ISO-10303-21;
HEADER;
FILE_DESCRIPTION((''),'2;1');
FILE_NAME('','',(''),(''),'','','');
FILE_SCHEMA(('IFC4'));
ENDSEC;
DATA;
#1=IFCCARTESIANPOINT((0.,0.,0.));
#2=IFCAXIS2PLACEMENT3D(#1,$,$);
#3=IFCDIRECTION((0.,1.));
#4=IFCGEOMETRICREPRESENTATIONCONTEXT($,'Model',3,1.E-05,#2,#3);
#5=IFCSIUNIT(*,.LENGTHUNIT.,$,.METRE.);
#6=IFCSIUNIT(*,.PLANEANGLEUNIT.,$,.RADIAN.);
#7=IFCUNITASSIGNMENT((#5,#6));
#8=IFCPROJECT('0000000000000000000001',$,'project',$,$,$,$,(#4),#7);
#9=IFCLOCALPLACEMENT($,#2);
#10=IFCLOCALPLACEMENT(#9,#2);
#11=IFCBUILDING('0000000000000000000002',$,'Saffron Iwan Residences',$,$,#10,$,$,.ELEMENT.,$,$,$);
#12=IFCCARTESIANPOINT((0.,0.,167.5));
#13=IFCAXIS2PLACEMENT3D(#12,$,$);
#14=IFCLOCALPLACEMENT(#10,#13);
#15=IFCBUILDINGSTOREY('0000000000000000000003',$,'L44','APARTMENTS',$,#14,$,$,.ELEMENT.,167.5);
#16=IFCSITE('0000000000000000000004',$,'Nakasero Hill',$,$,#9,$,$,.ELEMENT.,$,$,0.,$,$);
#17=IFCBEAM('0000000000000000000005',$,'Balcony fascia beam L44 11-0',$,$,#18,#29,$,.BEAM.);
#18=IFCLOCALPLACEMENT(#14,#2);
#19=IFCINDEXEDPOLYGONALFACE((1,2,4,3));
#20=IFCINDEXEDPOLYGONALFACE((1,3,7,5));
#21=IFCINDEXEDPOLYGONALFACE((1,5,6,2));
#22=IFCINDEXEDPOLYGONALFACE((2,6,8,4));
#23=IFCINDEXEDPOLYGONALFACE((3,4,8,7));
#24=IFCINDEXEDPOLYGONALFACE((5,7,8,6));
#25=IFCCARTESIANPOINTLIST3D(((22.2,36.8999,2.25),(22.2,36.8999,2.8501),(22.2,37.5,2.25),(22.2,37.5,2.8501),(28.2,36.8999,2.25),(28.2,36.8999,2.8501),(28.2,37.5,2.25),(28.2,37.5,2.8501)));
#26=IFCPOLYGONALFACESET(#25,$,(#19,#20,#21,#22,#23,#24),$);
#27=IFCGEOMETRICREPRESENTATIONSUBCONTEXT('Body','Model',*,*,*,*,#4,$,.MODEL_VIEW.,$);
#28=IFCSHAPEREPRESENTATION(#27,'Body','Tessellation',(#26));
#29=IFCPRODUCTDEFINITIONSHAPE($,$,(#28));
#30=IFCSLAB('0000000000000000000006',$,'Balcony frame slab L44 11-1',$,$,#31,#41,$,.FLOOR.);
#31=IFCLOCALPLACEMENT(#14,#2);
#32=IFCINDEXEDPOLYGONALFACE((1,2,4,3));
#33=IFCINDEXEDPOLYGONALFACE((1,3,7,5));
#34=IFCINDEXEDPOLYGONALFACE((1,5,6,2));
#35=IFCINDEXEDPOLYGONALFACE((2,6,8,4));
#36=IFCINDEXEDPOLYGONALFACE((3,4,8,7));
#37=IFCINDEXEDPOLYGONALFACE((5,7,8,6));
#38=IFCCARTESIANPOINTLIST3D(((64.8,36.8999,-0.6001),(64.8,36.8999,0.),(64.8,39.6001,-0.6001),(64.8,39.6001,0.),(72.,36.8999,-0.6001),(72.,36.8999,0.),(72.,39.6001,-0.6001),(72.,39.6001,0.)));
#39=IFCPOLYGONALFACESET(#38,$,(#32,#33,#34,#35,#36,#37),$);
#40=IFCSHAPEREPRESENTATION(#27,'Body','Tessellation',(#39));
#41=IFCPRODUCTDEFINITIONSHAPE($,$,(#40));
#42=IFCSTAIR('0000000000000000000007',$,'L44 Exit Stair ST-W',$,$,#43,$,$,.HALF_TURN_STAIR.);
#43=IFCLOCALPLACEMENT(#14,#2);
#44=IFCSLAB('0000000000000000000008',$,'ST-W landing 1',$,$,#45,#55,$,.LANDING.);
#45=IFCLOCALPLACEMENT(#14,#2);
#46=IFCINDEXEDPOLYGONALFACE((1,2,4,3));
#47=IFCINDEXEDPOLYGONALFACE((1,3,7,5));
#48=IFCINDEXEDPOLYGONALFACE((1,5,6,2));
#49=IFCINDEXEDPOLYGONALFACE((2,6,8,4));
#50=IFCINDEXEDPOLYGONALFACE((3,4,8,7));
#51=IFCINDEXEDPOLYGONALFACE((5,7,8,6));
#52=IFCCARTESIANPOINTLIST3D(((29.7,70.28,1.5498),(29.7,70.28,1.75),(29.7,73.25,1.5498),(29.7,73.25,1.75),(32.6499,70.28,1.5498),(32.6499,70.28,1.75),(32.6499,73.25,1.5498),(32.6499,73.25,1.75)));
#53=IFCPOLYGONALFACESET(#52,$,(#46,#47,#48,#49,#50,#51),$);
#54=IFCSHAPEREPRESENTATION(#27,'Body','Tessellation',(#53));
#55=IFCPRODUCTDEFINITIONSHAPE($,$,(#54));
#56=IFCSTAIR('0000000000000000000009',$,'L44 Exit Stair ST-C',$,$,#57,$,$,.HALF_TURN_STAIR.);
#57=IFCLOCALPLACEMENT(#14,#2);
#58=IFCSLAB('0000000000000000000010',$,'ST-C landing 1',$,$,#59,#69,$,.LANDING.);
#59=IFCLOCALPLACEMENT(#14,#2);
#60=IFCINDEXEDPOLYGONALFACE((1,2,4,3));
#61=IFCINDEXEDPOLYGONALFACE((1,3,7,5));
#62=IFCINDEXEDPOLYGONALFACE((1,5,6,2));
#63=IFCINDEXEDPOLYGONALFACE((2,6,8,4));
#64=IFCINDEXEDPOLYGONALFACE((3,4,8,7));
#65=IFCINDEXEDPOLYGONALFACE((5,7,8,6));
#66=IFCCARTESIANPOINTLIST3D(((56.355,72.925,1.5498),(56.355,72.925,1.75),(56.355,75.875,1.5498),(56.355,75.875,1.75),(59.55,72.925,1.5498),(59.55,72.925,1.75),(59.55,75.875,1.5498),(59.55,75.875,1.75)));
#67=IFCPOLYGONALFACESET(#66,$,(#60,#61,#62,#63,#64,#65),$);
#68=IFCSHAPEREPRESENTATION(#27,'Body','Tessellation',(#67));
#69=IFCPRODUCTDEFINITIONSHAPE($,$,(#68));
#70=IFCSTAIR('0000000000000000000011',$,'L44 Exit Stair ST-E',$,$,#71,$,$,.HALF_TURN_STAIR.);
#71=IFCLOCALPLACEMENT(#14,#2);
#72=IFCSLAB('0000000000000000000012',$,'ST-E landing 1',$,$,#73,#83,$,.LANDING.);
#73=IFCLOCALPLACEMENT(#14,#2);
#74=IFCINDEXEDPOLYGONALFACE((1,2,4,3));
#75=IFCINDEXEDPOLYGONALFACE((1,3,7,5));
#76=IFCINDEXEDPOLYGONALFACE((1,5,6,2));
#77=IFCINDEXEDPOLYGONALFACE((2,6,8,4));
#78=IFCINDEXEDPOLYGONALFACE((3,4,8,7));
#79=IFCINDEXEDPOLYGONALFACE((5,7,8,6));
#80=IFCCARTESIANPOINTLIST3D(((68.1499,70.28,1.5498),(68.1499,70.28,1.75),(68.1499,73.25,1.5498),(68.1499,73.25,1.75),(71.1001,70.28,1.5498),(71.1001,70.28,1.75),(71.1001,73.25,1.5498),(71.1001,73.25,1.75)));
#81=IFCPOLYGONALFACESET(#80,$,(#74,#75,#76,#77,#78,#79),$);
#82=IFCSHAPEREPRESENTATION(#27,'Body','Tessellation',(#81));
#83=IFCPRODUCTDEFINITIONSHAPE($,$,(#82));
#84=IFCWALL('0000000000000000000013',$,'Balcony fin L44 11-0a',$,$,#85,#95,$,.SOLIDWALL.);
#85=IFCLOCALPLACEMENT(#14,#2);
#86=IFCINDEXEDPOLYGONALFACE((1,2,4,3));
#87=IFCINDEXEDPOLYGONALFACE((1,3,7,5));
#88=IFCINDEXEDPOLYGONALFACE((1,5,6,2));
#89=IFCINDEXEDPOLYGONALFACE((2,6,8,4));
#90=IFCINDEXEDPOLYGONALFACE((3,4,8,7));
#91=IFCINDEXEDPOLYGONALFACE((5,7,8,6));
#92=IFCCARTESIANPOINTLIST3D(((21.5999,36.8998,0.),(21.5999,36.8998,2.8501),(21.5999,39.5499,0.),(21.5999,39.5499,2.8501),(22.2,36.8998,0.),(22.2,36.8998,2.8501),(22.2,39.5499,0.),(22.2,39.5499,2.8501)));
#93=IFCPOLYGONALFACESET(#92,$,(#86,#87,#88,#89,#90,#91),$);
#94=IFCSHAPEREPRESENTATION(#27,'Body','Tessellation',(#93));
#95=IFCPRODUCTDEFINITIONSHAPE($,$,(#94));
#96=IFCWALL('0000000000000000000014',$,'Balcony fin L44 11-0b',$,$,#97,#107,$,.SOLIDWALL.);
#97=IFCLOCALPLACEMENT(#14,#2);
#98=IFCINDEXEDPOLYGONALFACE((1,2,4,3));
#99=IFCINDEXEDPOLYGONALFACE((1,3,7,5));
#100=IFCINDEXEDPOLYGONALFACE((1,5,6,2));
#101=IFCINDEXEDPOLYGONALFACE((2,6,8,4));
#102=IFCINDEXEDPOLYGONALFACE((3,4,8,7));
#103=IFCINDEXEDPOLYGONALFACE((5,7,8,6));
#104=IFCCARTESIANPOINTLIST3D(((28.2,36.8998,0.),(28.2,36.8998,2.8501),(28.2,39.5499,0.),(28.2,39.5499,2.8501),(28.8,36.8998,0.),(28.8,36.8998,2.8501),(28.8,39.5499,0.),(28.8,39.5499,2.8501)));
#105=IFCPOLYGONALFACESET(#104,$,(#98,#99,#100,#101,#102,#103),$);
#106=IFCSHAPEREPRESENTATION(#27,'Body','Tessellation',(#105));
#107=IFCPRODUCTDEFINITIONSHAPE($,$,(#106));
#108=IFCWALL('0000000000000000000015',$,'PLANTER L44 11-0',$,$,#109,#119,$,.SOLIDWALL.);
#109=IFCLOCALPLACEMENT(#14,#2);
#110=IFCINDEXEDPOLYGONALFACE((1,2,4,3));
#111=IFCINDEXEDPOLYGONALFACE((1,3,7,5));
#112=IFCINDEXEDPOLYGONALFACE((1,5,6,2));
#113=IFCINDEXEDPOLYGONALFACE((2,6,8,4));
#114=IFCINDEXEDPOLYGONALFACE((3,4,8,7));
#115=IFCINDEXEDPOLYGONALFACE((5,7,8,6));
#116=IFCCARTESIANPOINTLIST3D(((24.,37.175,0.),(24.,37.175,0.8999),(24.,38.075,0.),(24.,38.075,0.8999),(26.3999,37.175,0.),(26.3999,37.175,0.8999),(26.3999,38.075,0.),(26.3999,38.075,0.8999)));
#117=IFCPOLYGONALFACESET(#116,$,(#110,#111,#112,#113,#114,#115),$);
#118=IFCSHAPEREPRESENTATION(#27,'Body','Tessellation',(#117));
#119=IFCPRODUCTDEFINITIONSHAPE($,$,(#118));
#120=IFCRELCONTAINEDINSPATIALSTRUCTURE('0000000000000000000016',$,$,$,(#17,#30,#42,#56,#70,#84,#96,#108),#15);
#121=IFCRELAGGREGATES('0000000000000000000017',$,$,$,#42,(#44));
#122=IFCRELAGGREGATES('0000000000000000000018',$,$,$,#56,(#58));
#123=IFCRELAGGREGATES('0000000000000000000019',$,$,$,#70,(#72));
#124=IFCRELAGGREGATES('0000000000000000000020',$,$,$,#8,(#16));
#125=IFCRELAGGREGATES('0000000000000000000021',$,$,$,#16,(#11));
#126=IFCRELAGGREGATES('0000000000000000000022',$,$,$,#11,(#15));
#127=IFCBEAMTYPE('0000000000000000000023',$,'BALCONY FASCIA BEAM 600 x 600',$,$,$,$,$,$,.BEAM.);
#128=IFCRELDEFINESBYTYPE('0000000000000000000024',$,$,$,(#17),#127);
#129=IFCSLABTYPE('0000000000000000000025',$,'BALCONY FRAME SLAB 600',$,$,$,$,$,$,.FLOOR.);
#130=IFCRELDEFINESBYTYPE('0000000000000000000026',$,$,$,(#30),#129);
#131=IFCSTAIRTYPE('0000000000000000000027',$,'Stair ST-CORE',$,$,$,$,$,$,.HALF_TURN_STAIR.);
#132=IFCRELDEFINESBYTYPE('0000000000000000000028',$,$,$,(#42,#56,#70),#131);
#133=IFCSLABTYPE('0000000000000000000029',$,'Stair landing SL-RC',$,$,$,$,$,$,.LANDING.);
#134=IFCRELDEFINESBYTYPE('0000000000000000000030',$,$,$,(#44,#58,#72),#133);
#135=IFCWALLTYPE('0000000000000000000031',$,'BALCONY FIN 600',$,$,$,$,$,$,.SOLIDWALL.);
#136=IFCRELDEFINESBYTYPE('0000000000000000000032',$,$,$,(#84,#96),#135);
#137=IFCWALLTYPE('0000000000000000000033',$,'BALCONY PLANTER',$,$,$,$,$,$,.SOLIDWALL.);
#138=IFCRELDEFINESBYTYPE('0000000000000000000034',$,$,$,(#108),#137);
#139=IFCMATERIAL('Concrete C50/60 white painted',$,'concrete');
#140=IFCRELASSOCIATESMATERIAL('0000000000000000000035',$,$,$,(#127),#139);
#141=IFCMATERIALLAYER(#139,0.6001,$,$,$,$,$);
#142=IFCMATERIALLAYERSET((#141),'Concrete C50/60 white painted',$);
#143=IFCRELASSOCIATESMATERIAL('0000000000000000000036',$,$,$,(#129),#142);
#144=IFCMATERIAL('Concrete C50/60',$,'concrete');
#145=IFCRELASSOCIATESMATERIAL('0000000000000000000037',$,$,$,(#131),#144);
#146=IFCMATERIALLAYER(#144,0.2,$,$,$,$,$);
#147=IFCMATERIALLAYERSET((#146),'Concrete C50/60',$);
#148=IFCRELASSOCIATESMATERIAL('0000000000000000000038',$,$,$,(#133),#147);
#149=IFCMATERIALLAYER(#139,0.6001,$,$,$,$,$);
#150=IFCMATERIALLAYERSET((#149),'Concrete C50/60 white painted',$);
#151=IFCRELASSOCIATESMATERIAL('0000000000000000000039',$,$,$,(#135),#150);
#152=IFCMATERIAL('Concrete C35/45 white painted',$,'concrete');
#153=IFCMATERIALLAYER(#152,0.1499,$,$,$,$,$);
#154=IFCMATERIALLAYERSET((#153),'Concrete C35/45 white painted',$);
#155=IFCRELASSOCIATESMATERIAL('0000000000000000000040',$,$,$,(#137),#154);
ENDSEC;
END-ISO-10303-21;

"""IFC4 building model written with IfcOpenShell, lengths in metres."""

from ifc_helpers import new_model, si_unit, direction, frame, frame_2d, origin, origin_2d, place, context, subcontext, project, spatial, polyline, rectangle, outline, extrude, source, transform, mapped, material, layer, layer_set, material_profile, profile_set, type_object, element, aggregate, save


model = new_model("IFC4")

# Units and contexts
model_context = context("Model", 3, precision=1e-05, world=origin(), true_north=direction((0.0, 1.0)))
body_context = subcontext(model_context, "Body", "Model", "MODEL_VIEW")
ifc_project = project(units=[si_unit("LENGTHUNIT", "METRE"), si_unit("PLANEANGLEUNIT", "RADIAN")], contexts=[model_context])

# Site, building, storey
site_placement = place(None, origin())
site = spatial("IfcSite", under=ifc_project, at=site_placement, Name="Nakasero Hill", CompositionType="ELEMENT", RefElevation=0.0)
building_placement = place(site_placement, origin())
building = spatial("IfcBuilding", under=site, at=building_placement, Name="Saffron Iwan Residences", CompositionType="ELEMENT")
storey_placement = place(building_placement, frame((0.0, 0.0, 167.5)))
storey = spatial("IfcBuildingStorey", under=building, at=storey_placement, Name="L44", Description="APARTMENTS", CompositionType="ELEMENT", Elevation=167.5)

# Beam
ifc_material_1 = material(Name="Concrete C50/60 white painted", Category="concrete")
ifc_material_profile = material_profile(ifc_material_1, rectangle(XDim=0.6001, YDim=0.6001, at=origin_2d()), Name="BALCONY FASCIA BEAM 600 x 600")
ifc_profile_set = profile_set([ifc_material_profile], Name="Concrete C50/60 white painted")
beam_type = type_object("IfcBeamType", Name="BALCONY FASCIA BEAM 600 x 600", PredefinedType="BEAM", material=ifc_profile_set)
shared_shape = source(origin(), body_context, "Body", "SweptSolid", [
    extrude(rectangle(XDim=0.6001, YDim=0.6001, at=origin_2d()), origin(), (0.0, 0.0, 1.0), 6.0),
])
beam_placement = place(storey_placement, frame((22.2, 37.2, 2.55), z_axis=(1.0, 0.0, 0.0), x_axis=(0.0, 1.0, 0.0)))
element("IfcBeam", 1, at=beam_placement, inside=storey, type_object=beam_type, Name="Balcony fascia beam L44 11-0", PredefinedType="BEAM", context=body_context, shape_type="MappedRepresentation", body=[
    mapped(shared_shape, transform((0.0, 0.0, 0.0))),
])

# Slab
ifc_layer_1 = layer(ifc_material_1, 0.6001)
ifc_layer_set_1 = layer_set([ifc_layer_1], Name="Concrete C50/60 white painted")
slab_type_1 = type_object("IfcSlabType", Name="BALCONY FRAME SLAB 600", PredefinedType="FLOOR", material=ifc_layer_set_1)
slab_1_placement = place(storey_placement, frame((0.0, 0.0, -0.6001)))
element("IfcSlab", 2, at=slab_1_placement, inside=storey, type_object=slab_type_1, Name="Balcony frame slab L44 11-1", PredefinedType="FLOOR", context=body_context, shape_type="SweptSolid", body=[
    extrude(outline(polyline([(64.8, 36.8999), (72.0, 36.8999), (72.0, 39.6001), (64.8, 39.6001), (64.8, 36.8999)])), origin(), (0.0, 0.0, 1.0), 0.6001),
])

# Stairs, slabs
ifc_material_2 = material(Name="Concrete C50/60", Category="concrete")
stair_type = type_object("IfcStairType", Name="Stair ST-CORE", PredefinedType="HALF_TURN_STAIR", material=ifc_material_2)
stair_1_placement = place(storey_placement, origin())
stair_1 = element("IfcStair", 3, at=stair_1_placement, inside=storey, type_object=stair_type, Name="L44 Exit Stair ST-W", PredefinedType="HALF_TURN_STAIR")
ifc_layer_2 = layer(ifc_material_2, 0.2)
ifc_layer_set_2 = layer_set([ifc_layer_2], Name="Concrete C50/60")
slab_type_2 = type_object("IfcSlabType", Name="Stair landing SL-RC", PredefinedType="LANDING", material=ifc_layer_set_2)
slab_2_placement = place(storey_placement, frame((0.0, 0.0, 1.5498)))
slab_2 = element("IfcSlab", 4, at=slab_2_placement, type_object=slab_type_2, Name="ST-W landing 1", PredefinedType="LANDING", context=body_context, shape_type="SweptSolid", body=[
    extrude(outline(polyline([(32.6499, 70.28), (32.6499, 73.25), (29.7, 73.25), (29.7, 70.28), (32.6499, 70.28)])), origin(), (0.0, 0.0, 1.0), 0.2002),
])
aggregate(stair_1, [slab_2])
stair_2_placement = place(storey_placement, origin())
stair_2 = element("IfcStair", 5, at=stair_2_placement, inside=storey, type_object=stair_type, Name="L44 Exit Stair ST-C", PredefinedType="HALF_TURN_STAIR")
slab_3_placement = place(storey_placement, frame((0.0, 0.0, 1.5498)))
slab_3 = element("IfcSlab", 6, at=slab_3_placement, type_object=slab_type_2, Name="ST-C landing 1", PredefinedType="LANDING", context=body_context, shape_type="SweptSolid", body=[
    extrude(outline(polyline([(56.355, 72.925), (59.55, 72.925), (59.55, 75.875), (56.355, 75.875), (56.355, 72.925)])), origin(), (0.0, 0.0, 1.0), 0.2002),
])
aggregate(stair_2, [slab_3])
stair_3_placement = place(storey_placement, origin())
stair_3 = element("IfcStair", 7, at=stair_3_placement, inside=storey, type_object=stair_type, Name="L44 Exit Stair ST-E", PredefinedType="HALF_TURN_STAIR")
slab_4_placement = place(storey_placement, frame((0.0, 0.0, 1.5498)))
slab_4 = element("IfcSlab", 8, at=slab_4_placement, type_object=slab_type_2, Name="ST-E landing 1", PredefinedType="LANDING", context=body_context, shape_type="SweptSolid", body=[
    extrude(outline(polyline([(71.1001, 70.28), (71.1001, 73.25), (68.1499, 73.25), (68.1499, 70.28), (71.1001, 70.28)])), origin(), (0.0, 0.0, 1.0), 0.2002),
])
aggregate(stair_3, [slab_4])

# Walls
ifc_layer_3 = layer(ifc_material_1, 0.6001)
ifc_layer_set_3 = layer_set([ifc_layer_3], Name="Concrete C50/60 white painted")
wall_type_1 = type_object("IfcWallType", Name="BALCONY FIN 600", PredefinedType="SOLIDWALL", material=ifc_layer_set_3)
for number, where, z_axis, x_axis, name in (
    (9, (21.8999, 39.55, 0.0), (0.0, 0.0, 1.0), (0.0, -1.0, 0.0), "Balcony fin L44 11-0a"),
    (10, (28.5, 39.55, 0.0), (0.0, 0.0, 1.0), (0.0, -1.0, 0.0), "Balcony fin L44 11-0b"),
):
    element("IfcWall", number, at=place(storey_placement, frame(where, z_axis=z_axis, x_axis=x_axis)), inside=storey, type_object=wall_type_1, Name=name, PredefinedType="SOLIDWALL", context=body_context, shape_type="SweptSolid", body=[
        extrude(rectangle(XDim=2.6501, YDim=0.6001, at=frame_2d((1.3252, 0.0))), origin(), (0.0, 0.0, 1.0), 2.8501),
    ])
ifc_material_3 = material(Name="Concrete C35/45 white painted", Category="concrete")
ifc_layer_4 = layer(ifc_material_3, 0.1499)
ifc_layer_set_4 = layer_set([ifc_layer_4], Name="Concrete C35/45 white painted")
wall_type_2 = type_object("IfcWallType", Name="BALCONY PLANTER", PredefinedType="SOLIDWALL", material=ifc_layer_set_4)
wall_1_placement = place(storey_placement, frame((24.0, 37.625, 0.0), z_axis=(0.0, 0.0, 1.0), x_axis=(1.0, 0.0, 0.0)))
element("IfcWall", 11, at=wall_1_placement, inside=storey, type_object=wall_type_2, Name="PLANTER L44 11-0", PredefinedType="SOLIDWALL", context=body_context, shape_type="SweptSolid", body=[
    extrude(rectangle(XDim=2.3999, YDim=0.8999, at=frame_2d((1.2, 0.0))), origin(), (0.0, 0.0, 1.0), 0.8999),
])

save(model, "model.ifc")
